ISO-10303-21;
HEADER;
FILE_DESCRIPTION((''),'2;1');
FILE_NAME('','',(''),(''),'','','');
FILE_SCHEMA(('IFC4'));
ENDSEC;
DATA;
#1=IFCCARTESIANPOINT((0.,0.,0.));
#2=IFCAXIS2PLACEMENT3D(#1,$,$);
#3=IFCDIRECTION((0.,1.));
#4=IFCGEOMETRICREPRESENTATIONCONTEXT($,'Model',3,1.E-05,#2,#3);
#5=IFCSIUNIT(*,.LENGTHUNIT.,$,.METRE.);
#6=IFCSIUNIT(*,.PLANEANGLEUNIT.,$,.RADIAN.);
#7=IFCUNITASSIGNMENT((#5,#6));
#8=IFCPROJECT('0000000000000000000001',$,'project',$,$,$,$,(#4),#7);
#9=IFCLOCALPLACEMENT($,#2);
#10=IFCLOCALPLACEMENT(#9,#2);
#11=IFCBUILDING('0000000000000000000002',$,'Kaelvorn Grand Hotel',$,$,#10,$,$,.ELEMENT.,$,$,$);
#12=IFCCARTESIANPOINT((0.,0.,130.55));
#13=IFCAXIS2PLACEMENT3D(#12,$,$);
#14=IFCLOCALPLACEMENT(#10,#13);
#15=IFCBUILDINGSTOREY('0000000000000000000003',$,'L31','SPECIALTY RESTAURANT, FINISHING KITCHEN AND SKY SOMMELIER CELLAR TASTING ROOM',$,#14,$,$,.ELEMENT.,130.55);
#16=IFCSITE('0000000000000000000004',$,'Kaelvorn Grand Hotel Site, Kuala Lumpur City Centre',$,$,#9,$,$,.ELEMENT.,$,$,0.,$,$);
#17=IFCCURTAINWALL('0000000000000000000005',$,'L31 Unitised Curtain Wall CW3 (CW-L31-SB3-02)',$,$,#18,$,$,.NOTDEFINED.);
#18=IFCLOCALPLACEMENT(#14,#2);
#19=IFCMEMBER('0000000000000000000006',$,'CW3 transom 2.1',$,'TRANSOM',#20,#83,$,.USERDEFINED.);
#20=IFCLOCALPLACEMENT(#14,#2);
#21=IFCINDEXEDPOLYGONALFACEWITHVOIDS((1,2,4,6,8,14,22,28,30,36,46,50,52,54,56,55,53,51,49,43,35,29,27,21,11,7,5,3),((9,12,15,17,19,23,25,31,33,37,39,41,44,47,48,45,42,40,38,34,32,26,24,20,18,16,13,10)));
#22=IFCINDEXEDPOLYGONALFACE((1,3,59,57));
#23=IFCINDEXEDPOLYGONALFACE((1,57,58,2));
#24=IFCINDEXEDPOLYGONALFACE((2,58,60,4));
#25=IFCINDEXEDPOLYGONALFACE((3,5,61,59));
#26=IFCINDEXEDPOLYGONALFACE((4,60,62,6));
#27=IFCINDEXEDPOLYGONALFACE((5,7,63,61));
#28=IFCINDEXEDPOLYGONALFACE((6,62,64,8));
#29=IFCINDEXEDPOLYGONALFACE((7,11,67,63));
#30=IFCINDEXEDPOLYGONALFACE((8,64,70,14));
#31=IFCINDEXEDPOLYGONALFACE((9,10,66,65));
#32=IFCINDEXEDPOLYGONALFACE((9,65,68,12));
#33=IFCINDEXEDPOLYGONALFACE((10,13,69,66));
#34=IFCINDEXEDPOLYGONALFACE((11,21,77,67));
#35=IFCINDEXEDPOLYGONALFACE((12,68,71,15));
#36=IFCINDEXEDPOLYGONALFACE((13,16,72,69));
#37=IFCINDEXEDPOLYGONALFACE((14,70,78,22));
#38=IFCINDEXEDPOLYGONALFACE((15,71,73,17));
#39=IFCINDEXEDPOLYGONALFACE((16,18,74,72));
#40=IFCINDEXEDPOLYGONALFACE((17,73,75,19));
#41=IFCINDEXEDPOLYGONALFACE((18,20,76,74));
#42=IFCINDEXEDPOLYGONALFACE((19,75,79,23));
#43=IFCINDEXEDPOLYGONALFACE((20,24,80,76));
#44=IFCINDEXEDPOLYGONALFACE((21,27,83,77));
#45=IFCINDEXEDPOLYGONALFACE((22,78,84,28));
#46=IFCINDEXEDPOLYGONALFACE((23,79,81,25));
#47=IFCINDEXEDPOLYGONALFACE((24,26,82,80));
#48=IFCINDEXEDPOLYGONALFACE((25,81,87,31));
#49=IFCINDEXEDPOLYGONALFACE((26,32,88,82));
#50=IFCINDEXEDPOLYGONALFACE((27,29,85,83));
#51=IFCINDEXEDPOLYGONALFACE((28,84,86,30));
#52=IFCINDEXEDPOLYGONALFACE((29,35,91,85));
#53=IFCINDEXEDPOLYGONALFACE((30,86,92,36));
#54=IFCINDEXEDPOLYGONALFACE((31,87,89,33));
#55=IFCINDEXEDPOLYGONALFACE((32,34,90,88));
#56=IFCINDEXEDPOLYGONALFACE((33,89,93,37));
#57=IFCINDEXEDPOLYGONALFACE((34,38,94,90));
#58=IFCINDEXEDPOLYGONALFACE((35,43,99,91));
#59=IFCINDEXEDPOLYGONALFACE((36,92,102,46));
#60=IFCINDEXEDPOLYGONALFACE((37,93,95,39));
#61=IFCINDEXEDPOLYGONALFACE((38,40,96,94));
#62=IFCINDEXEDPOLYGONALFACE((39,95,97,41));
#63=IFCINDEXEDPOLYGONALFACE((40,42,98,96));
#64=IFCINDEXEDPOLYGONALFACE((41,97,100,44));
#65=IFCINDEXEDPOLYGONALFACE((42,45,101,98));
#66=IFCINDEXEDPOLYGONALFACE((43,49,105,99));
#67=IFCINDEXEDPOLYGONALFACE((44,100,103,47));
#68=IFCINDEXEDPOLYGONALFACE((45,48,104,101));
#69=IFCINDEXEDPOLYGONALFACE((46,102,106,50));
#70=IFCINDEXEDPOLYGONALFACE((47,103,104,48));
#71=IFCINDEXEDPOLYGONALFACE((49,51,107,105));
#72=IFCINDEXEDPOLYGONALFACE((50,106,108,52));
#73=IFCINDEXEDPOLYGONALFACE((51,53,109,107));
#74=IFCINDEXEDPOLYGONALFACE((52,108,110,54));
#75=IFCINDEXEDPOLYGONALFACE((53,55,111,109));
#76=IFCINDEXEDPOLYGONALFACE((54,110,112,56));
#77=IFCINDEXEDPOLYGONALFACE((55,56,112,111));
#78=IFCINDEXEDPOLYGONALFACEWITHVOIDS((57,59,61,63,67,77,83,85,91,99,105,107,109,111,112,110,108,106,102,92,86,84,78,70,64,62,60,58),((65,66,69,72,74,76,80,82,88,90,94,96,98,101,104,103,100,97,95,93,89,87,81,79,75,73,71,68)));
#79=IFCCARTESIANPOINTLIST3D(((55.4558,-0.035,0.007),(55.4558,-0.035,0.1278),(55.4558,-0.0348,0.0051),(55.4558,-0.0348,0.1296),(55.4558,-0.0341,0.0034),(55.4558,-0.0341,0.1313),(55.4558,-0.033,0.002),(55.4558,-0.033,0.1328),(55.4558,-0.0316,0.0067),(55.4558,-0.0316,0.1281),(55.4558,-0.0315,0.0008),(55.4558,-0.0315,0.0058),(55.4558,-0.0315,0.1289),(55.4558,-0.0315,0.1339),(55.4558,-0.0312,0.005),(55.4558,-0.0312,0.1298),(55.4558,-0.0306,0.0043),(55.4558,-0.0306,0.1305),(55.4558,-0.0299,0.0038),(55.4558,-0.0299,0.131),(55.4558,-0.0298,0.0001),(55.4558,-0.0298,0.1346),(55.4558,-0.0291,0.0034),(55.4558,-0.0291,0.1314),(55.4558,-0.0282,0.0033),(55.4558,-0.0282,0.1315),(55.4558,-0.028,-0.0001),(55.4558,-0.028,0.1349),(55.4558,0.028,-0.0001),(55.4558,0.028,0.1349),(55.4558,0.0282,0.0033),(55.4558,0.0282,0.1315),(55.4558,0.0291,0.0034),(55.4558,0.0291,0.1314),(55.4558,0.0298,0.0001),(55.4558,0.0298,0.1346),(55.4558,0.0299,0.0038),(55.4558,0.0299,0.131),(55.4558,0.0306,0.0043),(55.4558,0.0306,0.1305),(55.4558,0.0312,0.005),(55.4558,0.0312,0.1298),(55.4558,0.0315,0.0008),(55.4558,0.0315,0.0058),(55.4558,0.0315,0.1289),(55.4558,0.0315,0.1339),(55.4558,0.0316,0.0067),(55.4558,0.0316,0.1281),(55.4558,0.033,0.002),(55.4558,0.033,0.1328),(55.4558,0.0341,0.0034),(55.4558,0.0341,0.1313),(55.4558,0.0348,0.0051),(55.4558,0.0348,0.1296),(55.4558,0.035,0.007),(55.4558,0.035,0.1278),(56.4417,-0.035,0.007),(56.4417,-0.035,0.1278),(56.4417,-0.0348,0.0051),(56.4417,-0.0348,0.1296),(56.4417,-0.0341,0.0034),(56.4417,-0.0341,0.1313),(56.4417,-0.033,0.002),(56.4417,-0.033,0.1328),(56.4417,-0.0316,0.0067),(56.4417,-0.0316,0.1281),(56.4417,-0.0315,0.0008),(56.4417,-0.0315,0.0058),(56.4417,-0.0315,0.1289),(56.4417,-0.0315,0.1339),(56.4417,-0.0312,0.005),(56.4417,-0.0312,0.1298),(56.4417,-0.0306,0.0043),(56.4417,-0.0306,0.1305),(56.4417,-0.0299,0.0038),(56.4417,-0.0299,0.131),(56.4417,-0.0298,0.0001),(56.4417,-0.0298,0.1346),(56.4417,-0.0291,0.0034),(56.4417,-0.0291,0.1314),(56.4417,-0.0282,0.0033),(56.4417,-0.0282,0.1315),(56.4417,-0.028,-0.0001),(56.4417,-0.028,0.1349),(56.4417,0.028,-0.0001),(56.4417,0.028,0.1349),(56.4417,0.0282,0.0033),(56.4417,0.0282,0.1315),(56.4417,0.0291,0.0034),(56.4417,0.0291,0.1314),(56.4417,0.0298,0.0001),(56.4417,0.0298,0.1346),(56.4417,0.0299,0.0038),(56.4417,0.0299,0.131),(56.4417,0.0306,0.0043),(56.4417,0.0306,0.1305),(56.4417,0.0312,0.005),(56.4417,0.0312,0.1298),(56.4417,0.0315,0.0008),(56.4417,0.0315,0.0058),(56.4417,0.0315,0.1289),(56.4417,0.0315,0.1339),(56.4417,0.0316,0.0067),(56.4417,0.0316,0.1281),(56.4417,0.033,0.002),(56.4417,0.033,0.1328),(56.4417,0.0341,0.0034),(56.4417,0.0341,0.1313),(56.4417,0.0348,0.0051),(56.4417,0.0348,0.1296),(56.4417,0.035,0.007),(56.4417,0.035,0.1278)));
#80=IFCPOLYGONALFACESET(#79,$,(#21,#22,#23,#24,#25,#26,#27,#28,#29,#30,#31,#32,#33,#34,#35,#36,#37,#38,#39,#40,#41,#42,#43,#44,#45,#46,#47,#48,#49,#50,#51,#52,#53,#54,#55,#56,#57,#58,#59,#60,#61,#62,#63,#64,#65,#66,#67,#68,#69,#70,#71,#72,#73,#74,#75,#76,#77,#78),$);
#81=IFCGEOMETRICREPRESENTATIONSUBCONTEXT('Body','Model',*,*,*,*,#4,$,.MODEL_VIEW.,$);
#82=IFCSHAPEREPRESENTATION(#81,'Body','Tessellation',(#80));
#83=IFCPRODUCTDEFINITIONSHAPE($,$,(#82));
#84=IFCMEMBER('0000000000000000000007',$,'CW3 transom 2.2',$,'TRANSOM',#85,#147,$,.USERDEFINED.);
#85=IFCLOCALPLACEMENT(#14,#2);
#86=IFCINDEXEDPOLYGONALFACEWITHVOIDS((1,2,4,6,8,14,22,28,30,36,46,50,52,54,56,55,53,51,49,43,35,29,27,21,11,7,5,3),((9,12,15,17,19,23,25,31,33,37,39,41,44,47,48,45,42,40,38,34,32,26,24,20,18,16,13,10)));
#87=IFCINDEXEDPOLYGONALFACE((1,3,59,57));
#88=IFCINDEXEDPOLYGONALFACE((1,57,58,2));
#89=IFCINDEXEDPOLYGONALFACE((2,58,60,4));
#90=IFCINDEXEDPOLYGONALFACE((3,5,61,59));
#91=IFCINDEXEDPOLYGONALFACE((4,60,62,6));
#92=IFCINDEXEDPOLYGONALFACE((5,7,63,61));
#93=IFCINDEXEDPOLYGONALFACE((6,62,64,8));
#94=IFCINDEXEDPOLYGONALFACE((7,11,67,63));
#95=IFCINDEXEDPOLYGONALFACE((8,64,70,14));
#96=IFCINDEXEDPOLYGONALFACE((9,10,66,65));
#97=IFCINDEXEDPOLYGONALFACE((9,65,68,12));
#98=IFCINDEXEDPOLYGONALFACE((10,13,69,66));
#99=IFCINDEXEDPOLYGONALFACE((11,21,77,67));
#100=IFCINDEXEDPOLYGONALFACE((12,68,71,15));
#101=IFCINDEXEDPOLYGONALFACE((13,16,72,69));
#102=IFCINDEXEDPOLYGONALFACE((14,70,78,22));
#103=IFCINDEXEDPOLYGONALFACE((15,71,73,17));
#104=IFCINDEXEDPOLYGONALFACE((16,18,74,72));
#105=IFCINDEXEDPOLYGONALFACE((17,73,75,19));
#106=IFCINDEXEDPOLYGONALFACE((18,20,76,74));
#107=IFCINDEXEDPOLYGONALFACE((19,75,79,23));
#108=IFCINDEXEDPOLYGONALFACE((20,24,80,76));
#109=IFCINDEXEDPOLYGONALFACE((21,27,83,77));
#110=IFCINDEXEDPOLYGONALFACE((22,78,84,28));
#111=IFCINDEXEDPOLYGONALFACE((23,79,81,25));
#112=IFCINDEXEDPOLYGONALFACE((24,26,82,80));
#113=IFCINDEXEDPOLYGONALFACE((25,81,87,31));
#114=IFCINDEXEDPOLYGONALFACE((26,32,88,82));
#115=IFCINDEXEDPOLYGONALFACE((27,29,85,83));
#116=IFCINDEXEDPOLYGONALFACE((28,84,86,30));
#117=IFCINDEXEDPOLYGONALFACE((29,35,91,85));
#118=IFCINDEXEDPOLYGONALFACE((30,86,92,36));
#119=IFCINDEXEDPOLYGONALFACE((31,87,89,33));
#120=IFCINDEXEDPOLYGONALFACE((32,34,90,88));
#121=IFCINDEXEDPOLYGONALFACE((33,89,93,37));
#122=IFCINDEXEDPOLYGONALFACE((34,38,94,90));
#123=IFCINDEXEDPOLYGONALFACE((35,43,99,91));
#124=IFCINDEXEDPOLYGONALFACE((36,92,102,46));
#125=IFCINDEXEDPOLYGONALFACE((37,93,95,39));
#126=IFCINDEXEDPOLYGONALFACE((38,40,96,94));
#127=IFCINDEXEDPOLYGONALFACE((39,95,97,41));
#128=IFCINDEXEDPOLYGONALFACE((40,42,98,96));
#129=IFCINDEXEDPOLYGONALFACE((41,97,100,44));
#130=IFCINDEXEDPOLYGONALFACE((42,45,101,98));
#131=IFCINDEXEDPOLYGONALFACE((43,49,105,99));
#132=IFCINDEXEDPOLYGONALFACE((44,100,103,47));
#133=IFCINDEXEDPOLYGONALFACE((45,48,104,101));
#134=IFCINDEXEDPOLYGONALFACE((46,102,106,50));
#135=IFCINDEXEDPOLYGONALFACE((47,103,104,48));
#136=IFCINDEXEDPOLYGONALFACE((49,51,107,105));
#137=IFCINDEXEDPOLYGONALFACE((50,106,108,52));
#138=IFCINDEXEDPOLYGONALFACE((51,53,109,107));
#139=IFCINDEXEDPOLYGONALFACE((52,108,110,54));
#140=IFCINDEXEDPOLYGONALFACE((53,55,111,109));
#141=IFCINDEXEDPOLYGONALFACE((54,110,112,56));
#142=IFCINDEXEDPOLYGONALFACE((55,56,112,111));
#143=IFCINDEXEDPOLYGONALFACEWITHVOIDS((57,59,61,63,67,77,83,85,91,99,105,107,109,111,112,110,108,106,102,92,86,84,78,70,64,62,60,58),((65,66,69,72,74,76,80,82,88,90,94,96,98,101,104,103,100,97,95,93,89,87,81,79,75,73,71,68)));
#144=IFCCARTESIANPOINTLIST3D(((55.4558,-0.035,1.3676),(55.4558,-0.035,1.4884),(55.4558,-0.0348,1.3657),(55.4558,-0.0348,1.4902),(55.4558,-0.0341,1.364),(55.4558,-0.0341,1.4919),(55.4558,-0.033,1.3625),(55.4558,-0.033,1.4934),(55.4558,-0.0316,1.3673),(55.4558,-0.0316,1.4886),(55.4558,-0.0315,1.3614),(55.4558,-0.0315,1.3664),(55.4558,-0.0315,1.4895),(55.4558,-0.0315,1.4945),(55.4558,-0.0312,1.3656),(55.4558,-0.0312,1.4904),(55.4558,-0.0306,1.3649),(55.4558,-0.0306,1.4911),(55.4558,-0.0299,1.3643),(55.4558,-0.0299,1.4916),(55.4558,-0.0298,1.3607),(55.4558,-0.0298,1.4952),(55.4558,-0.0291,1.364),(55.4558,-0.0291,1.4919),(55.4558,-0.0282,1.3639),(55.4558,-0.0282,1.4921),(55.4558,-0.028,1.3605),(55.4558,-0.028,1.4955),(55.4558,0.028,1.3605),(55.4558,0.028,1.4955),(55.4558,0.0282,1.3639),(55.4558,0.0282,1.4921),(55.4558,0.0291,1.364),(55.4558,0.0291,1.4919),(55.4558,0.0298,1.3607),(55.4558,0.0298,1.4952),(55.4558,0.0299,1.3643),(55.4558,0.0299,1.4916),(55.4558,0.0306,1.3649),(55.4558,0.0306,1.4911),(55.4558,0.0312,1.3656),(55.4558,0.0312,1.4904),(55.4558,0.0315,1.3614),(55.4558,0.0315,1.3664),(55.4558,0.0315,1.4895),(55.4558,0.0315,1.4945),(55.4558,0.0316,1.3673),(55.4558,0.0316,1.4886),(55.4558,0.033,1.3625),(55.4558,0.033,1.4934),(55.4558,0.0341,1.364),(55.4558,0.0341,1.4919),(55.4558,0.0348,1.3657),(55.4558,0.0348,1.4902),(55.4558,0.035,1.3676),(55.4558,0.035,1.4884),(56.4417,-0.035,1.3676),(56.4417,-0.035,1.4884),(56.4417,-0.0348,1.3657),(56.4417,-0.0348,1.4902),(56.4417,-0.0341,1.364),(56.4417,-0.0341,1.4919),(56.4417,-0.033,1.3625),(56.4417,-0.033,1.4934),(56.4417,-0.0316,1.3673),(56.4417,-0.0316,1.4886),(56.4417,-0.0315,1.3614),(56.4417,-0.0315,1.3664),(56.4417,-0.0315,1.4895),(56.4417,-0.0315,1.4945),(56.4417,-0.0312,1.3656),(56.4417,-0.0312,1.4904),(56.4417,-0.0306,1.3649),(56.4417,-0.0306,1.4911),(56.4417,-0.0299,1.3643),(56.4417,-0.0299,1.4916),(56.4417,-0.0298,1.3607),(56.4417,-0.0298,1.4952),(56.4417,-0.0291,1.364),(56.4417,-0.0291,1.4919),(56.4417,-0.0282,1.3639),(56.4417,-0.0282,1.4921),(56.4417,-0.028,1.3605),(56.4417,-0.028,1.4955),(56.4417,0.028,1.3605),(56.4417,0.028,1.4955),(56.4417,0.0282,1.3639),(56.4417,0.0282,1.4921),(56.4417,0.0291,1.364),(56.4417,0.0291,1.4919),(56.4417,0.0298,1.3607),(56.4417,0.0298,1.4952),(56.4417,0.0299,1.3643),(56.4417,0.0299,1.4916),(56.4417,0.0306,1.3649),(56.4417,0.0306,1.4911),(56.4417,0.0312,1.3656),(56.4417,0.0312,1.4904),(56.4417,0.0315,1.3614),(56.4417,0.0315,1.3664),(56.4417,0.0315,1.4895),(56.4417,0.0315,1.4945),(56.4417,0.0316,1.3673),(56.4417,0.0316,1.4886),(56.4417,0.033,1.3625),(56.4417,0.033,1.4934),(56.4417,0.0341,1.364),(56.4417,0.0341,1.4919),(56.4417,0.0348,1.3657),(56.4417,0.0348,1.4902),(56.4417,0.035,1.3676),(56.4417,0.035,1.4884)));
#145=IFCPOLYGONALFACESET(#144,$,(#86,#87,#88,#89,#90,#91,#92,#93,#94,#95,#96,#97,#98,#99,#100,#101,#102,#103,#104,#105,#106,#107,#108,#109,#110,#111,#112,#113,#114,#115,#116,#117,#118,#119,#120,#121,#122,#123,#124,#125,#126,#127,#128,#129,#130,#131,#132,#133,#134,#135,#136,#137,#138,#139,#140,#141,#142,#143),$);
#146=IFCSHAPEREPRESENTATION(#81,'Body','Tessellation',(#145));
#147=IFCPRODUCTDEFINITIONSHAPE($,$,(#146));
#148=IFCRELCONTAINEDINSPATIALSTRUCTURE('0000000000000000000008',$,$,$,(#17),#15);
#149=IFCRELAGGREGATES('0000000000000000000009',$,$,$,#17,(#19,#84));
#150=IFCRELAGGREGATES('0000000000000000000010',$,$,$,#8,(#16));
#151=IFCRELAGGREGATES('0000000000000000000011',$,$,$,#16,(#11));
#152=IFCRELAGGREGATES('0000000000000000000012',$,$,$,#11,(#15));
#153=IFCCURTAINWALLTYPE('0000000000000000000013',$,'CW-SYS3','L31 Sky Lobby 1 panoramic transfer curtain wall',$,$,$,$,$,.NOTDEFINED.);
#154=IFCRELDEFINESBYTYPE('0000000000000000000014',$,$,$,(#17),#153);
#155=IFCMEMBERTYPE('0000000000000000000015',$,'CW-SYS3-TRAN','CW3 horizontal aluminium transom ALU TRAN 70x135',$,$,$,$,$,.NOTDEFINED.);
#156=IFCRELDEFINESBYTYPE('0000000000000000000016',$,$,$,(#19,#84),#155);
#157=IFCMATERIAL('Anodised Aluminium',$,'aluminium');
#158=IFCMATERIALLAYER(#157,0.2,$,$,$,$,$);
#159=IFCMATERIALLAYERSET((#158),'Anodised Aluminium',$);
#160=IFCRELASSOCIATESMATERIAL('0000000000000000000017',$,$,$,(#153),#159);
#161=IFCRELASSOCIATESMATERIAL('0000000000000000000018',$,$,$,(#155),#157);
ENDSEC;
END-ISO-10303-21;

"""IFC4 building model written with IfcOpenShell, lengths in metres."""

from ifc_helpers import new_model, si_unit, direction, frame, origin, origin_2d, place, context, subcontext, project, spatial, hollow_rectangle, extrude, material, layer, layer_set, material_profile, profile_set, type_object, element, aggregate, save


model = new_model("IFC4")

# Units and contexts
model_context = context("Model", 3, precision=1e-05, world=origin(), true_north=direction((0.0, 1.0)))
body_context = subcontext(model_context, "Body", "Model", "MODEL_VIEW")
ifc_project = project(units=[si_unit("LENGTHUNIT", "METRE"), si_unit("PLANEANGLEUNIT", "RADIAN")], contexts=[model_context])

# Site, building, storey
site_placement = place(None, origin())
site = spatial("IfcSite", under=ifc_project, at=site_placement, Name="Kaelvorn Grand Hotel Site, Kuala Lumpur City Centre", CompositionType="ELEMENT", RefElevation=0.0)
building_placement = place(site_placement, origin())
building = spatial("IfcBuilding", under=site, at=building_placement, Name="Kaelvorn Grand Hotel", CompositionType="ELEMENT")
storey_placement = place(building_placement, frame((0.0, 0.0, 130.55)))
storey = spatial("IfcBuildingStorey", under=building, at=storey_placement, Name="L31", Description="SPECIALTY RESTAURANT, FINISHING KITCHEN AND SKY SOMMELIER CELLAR TASTING ROOM", CompositionType="ELEMENT", Elevation=130.55)

# Curtain wall
ifc_material_1 = material(Name="Anodised Aluminium", Category="aluminium")
ifc_layer_1 = layer(ifc_material_1, 0.2)
ifc_layer_set_1 = layer_set([ifc_layer_1], Name="Anodised Aluminium")
curtain_wall_type = type_object("IfcCurtainWallType", Name="CW-SYS3", Description="L31 Sky Lobby 1 panoramic transfer curtain wall", PredefinedType="NOTDEFINED", material=ifc_layer_set_1)
curtain_wall_1_placement = place(storey_placement, origin())
curtain_wall_1 = element("IfcCurtainWall", 1, at=curtain_wall_1_placement, inside=storey, type_object=curtain_wall_type, Name="L31 Unitised Curtain Wall CW3 (CW-L31-SB3-02)", PredefinedType="NOTDEFINED")

# Members
ifc_material_profile_1 = material_profile(ifc_material_1, hollow_rectangle(XDim=0.0701, YDim=0.135, WallThickness=0.0034, InnerFilletRadius=0.0034, OuterFilletRadius=0.0071, at=origin_2d()), Name="ALU TRAN 70x135")
ifc_profile_set_1 = profile_set([ifc_material_profile_1], Name="Anodised Aluminium")
member_type_1 = type_object("IfcMemberType", Name="CW-SYS3-TRAN", Description="CW3 horizontal aluminium transom ALU TRAN 70x135", PredefinedType="NOTDEFINED", material=ifc_profile_set_1)
member_1_placement = place(storey_placement, frame((55.4558, 0.0, 0.0674), z_axis=(1.0, 0.0, 0.0), x_axis=(0.0, 1.0, 0.0)))
member_1 = element("IfcMember", 2, at=member_1_placement, type_object=member_type_1, Name="CW3 transom 2.1", ObjectType="TRANSOM", PredefinedType="USERDEFINED", context=body_context, shape_type="SweptSolid", body=[
    extrude(hollow_rectangle(XDim=0.0701, YDim=0.135, WallThickness=0.0034, InnerFilletRadius=0.0034, OuterFilletRadius=0.0071, at=origin_2d()), origin(), (0.0, 0.0, 1.0), 0.9858),
])
member_2_placement = place(storey_placement, frame((55.4558, 0.0, 1.428), z_axis=(1.0, 0.0, 0.0), x_axis=(0.0, 1.0, 0.0)))
member_2 = element("IfcMember", 3, at=member_2_placement, type_object=member_type_1, Name="CW3 transom 2.2", ObjectType="TRANSOM", PredefinedType="USERDEFINED", context=body_context, shape_type="SweptSolid", body=[
    extrude(hollow_rectangle(XDim=0.0701, YDim=0.135, WallThickness=0.0034, InnerFilletRadius=0.0034, OuterFilletRadius=0.0071, at=origin_2d()), origin(), (0.0, 0.0, 1.0), 0.9858),
])

aggregate(curtain_wall_1, [member_1, member_2])

save(model, "model.ifc")
